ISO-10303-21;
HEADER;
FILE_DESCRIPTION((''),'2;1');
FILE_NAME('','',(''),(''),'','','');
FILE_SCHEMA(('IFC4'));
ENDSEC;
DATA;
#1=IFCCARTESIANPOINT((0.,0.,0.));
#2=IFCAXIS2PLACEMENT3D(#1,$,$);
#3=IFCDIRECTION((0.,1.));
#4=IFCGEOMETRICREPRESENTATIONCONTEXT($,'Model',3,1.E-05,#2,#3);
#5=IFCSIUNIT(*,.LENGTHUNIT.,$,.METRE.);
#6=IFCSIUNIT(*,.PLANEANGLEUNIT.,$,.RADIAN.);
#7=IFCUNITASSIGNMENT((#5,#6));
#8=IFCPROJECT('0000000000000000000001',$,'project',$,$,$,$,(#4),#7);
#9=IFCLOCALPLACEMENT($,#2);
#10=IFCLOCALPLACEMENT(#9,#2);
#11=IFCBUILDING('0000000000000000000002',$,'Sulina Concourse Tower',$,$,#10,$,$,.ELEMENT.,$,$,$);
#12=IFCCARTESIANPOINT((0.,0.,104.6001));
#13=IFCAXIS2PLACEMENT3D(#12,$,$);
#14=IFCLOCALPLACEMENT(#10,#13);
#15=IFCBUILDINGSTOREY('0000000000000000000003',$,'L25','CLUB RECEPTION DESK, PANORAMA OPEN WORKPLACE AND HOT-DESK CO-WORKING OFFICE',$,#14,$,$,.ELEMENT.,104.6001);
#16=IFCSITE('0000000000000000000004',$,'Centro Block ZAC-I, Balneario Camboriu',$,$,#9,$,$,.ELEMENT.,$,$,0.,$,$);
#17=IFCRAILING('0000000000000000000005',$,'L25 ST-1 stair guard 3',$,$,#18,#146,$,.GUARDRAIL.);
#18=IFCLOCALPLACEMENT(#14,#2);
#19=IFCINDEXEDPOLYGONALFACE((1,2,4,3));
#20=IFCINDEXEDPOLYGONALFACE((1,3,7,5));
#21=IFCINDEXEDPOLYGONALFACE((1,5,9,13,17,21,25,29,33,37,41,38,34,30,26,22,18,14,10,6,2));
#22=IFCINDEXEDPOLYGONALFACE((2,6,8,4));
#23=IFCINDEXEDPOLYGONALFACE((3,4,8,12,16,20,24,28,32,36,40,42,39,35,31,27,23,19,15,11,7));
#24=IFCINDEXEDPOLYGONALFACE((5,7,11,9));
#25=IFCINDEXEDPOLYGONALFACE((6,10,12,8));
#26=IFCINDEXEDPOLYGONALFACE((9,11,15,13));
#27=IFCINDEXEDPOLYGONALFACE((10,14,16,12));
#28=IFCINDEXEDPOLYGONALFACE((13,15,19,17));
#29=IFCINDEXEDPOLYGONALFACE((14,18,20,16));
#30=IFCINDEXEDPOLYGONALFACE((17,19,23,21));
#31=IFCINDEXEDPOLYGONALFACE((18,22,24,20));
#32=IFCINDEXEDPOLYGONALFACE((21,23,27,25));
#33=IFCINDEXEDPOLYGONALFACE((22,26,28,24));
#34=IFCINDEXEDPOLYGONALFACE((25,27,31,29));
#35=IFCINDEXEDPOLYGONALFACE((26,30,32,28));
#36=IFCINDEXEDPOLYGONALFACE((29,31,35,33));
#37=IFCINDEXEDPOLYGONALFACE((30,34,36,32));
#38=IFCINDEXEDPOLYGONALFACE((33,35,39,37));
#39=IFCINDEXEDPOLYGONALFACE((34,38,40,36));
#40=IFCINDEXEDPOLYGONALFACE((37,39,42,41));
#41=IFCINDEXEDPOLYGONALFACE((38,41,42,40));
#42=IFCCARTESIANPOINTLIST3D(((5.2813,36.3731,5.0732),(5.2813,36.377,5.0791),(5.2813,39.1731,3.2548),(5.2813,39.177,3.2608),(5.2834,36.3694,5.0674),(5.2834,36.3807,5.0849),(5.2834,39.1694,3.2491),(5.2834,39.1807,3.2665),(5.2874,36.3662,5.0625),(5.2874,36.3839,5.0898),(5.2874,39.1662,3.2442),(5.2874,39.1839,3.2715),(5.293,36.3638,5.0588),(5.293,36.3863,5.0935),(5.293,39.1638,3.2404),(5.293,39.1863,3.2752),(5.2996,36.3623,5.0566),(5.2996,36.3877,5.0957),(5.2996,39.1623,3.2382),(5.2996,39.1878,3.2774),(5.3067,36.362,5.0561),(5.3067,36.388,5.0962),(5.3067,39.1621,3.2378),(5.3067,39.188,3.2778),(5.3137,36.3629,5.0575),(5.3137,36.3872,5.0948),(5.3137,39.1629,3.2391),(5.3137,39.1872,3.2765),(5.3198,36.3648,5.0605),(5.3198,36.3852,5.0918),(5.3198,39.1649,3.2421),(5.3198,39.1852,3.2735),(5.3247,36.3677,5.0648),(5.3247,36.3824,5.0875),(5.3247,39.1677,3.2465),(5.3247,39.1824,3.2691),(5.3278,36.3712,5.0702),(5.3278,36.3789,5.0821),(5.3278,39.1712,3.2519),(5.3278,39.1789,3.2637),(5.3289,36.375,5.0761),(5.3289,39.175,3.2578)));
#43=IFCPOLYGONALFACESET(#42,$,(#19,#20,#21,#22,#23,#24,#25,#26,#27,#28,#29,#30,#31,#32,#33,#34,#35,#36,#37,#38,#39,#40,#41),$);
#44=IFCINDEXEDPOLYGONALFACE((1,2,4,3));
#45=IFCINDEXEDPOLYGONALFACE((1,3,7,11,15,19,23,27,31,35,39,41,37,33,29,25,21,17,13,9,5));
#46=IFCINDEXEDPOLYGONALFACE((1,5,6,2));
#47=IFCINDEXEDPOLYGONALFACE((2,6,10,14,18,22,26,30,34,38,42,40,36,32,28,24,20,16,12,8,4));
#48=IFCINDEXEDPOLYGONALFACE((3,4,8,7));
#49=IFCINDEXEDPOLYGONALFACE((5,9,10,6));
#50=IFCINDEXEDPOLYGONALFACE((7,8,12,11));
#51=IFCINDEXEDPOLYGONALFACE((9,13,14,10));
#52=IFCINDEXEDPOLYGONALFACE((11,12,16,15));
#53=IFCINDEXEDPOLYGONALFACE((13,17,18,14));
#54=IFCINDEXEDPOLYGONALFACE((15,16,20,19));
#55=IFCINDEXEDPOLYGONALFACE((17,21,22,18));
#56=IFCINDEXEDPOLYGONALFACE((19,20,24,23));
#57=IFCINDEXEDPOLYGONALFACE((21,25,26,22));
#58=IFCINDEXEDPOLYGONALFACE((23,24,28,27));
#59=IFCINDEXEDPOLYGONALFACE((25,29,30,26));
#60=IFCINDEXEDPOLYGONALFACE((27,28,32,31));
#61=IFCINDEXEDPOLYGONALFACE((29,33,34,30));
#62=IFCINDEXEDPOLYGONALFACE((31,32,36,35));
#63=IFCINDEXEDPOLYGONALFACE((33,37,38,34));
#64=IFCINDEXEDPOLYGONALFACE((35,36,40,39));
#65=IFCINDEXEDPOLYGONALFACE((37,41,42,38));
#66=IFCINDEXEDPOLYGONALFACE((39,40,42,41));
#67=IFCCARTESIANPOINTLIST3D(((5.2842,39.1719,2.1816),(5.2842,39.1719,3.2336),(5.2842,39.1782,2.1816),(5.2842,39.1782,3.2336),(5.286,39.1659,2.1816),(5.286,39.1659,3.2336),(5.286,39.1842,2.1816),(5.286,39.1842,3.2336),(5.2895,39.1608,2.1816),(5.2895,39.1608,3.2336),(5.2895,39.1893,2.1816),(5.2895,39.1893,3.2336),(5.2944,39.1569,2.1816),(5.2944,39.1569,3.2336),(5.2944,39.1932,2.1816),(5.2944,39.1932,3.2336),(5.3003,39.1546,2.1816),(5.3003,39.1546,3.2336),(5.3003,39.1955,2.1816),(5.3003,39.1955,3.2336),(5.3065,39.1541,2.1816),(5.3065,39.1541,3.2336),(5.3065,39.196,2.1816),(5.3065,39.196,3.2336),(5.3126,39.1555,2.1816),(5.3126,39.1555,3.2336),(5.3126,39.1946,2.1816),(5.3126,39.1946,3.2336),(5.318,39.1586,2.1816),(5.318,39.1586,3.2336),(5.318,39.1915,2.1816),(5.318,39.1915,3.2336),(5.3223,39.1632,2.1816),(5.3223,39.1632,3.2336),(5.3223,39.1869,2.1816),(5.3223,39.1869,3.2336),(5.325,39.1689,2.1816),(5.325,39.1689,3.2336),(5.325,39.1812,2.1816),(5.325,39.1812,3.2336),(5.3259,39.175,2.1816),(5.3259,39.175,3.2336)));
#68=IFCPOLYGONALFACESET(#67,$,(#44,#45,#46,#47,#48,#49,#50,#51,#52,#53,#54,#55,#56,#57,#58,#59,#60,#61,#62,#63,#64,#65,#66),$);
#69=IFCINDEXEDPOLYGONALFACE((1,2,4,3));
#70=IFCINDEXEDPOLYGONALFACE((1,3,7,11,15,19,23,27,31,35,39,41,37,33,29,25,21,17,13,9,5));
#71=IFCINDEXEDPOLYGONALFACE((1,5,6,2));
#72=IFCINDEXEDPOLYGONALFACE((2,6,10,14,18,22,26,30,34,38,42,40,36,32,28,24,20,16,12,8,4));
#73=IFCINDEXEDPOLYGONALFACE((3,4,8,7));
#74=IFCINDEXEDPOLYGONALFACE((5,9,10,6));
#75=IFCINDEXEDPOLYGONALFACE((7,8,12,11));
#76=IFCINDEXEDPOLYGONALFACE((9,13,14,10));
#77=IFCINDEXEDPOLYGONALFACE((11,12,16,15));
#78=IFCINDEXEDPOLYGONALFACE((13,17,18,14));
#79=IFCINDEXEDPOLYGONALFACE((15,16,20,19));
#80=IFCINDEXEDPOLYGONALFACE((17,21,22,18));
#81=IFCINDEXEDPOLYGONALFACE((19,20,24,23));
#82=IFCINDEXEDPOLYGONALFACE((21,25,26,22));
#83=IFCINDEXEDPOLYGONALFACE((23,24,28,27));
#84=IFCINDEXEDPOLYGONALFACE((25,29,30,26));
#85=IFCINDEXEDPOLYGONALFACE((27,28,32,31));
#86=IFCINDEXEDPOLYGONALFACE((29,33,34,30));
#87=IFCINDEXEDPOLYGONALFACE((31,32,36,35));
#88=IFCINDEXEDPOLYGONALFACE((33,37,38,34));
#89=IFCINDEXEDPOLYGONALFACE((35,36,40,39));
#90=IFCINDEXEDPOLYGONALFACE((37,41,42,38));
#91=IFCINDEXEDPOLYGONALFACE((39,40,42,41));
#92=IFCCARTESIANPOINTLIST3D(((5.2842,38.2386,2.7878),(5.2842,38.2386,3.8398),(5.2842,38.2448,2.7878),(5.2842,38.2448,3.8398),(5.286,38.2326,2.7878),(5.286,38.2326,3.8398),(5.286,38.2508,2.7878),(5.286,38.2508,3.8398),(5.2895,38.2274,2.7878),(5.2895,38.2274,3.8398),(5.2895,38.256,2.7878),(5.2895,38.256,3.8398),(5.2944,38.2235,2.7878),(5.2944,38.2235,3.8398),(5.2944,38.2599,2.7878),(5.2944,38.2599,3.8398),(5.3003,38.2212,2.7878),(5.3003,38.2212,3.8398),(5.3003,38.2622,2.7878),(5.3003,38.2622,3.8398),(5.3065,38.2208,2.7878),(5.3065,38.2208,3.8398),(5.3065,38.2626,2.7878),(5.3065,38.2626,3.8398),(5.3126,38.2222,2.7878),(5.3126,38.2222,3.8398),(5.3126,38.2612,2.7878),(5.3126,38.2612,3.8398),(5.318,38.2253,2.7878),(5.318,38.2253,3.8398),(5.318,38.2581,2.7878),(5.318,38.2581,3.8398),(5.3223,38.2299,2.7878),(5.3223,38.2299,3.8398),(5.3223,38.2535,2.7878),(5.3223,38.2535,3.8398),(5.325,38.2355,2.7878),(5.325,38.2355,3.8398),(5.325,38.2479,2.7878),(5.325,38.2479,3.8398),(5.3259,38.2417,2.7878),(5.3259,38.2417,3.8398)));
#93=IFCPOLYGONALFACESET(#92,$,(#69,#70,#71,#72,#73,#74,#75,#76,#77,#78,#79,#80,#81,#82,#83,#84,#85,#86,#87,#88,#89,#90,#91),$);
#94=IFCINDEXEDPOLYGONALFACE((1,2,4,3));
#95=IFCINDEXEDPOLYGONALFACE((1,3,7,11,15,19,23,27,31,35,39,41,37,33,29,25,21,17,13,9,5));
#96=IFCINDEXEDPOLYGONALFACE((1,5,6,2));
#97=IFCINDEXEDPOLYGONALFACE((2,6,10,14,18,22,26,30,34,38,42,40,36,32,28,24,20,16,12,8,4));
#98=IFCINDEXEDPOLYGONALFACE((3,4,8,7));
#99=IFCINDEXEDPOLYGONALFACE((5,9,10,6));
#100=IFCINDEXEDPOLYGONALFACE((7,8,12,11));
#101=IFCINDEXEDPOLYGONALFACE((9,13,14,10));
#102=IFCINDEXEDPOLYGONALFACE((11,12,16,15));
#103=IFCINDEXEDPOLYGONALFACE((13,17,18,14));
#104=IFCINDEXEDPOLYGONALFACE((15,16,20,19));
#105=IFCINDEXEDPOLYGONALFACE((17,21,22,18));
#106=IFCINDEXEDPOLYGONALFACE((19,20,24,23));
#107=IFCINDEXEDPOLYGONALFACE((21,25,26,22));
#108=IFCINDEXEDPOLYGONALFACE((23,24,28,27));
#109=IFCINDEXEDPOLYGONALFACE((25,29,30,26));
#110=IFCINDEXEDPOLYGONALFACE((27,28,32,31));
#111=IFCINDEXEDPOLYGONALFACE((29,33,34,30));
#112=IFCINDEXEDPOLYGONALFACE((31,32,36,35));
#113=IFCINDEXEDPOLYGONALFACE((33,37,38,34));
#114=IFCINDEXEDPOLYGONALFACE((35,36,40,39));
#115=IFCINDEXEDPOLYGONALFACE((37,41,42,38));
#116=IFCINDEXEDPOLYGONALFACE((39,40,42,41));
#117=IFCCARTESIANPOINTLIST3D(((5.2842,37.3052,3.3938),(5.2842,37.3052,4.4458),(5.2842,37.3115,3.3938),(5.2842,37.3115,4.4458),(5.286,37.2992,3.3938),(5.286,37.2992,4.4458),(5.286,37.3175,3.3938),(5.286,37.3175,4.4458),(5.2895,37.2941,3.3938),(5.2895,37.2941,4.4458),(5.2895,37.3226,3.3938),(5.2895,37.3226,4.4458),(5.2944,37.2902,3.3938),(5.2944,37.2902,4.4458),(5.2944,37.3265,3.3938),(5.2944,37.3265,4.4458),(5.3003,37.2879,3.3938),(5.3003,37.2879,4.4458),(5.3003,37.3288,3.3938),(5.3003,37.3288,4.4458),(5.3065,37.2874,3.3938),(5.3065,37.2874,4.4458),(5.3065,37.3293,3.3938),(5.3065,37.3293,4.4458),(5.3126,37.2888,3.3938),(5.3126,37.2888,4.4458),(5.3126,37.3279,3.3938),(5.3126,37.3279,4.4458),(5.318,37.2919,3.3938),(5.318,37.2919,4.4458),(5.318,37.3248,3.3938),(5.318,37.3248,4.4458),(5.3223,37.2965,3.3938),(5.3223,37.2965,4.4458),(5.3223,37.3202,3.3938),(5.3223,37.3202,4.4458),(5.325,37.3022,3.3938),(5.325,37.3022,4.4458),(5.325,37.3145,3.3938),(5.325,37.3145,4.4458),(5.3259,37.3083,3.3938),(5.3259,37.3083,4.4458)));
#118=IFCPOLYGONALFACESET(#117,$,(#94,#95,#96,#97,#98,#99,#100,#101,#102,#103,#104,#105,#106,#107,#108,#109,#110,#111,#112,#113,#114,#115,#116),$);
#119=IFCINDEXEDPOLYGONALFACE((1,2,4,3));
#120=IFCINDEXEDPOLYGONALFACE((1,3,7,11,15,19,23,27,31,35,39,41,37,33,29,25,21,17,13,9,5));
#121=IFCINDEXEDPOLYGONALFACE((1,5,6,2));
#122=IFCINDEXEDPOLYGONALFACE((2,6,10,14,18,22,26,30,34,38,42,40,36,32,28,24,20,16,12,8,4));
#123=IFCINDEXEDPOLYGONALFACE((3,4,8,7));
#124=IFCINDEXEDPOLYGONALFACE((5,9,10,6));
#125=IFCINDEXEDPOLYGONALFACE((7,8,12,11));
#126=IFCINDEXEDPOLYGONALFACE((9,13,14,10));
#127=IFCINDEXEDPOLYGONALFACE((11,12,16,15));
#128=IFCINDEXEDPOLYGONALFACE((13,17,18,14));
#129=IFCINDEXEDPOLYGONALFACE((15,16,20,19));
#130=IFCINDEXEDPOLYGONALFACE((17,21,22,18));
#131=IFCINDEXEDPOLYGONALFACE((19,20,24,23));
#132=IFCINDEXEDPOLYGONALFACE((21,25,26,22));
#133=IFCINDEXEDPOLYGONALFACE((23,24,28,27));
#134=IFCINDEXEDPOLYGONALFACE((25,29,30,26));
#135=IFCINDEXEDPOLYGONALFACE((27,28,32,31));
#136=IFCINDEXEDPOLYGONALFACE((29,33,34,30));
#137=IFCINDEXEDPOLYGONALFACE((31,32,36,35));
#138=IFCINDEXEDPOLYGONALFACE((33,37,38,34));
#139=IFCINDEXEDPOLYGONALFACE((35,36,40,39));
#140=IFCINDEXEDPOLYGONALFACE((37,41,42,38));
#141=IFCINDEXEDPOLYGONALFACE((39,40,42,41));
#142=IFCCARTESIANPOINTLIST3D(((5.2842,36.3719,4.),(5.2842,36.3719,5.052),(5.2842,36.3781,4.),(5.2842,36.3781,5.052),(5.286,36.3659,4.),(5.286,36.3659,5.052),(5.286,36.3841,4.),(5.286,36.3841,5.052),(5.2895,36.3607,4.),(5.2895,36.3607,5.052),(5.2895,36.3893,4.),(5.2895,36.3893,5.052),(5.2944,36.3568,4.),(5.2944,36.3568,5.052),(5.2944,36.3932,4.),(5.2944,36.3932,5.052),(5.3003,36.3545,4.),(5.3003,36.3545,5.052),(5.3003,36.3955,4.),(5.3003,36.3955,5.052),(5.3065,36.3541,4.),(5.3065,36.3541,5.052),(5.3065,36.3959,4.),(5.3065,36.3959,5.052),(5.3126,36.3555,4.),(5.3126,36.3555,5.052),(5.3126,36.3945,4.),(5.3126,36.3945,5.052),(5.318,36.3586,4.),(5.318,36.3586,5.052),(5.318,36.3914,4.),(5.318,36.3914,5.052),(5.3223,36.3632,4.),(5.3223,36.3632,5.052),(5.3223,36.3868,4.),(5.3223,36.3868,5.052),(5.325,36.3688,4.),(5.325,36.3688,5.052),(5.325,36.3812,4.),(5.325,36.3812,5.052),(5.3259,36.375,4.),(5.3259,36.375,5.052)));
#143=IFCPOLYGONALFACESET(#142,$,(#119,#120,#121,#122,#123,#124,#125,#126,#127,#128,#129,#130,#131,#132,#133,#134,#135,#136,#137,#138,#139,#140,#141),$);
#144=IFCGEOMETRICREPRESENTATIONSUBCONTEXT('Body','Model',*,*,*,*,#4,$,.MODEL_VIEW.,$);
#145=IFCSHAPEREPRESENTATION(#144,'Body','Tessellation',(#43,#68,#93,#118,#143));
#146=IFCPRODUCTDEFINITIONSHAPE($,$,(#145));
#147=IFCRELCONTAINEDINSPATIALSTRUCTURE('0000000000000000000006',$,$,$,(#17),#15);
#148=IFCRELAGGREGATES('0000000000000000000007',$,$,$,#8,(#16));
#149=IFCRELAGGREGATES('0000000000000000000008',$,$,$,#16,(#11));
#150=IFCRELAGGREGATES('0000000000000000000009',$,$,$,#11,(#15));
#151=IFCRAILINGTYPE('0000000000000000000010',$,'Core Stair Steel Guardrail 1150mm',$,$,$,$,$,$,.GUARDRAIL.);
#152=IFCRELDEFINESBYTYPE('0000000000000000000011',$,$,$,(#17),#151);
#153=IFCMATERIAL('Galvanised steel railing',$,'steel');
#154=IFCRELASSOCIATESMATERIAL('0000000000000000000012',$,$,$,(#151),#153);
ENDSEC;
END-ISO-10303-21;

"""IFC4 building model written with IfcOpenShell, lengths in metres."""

from ifc_helpers import new_model, si_unit, direction, frame, origin, origin_2d, place, context, subcontext, project, spatial, circle, extrude, material, type_object, element, save


model = new_model("IFC4")

# Units and contexts
model_context = context("Model", 3, precision=1e-05, world=origin(), true_north=direction((0.0, 1.0)))
body_context = subcontext(model_context, "Body", "Model", "MODEL_VIEW")
ifc_project = project(units=[si_unit("LENGTHUNIT", "METRE"), si_unit("PLANEANGLEUNIT", "RADIAN")], contexts=[model_context])

# Site, building, storey
site_placement = place(None, origin())
site = spatial("IfcSite", under=ifc_project, at=site_placement, Name="Centro Block ZAC-I, Balneario Camboriu", CompositionType="ELEMENT", RefElevation=0.0)
building_placement = place(site_placement, origin())
building = spatial("IfcBuilding", under=site, at=building_placement, Name="Sulina Concourse Tower", CompositionType="ELEMENT")
storey_placement = place(building_placement, frame((0.0, 0.0, 104.6001)))
storey = spatial("IfcBuildingStorey", under=building, at=storey_placement, Name="L25", Description="CLUB RECEPTION DESK, PANORAMA OPEN WORKPLACE AND HOT-DESK CO-WORKING OFFICE", CompositionType="ELEMENT", Elevation=104.6001)

# Railing
ifc_material_1 = material(Name="Galvanised steel railing", Category="steel")
railing_type_1 = type_object("IfcRailingType", Name="Core Stair Steel Guardrail 1150mm", PredefinedType="GUARDRAIL", material=ifc_material_1)
railing_1_placement = place(storey_placement, frame((5.3049, 39.175, 2.1816)))
element("IfcRailing", 1, at=railing_1_placement, inside=storey, type_object=railing_type_1, Name="L25 ST-1 stair guard 3", PredefinedType="GUARDRAIL", context=body_context, shape_type="SweptSolid", body=[
    extrude(circle(Radius=0.0239, at=origin_2d()), frame((0.0, 0.0, 1.0762), z_axis=(0.0, -0.838672, 0.544636), x_axis=(1.0, 0.0, 0.0)), (0.0, 0.0, 1.0), 3.3386),
    extrude(circle(Radius=0.021, at=origin_2d()), origin(), (0.0, 0.0, 1.0), 1.052),
    extrude(circle(Radius=0.021, at=origin_2d()), frame((0.0, -0.9333, 0.6062)), (0.0, 0.0, 1.0), 1.052),
    extrude(circle(Radius=0.021, at=origin_2d()), frame((0.0, -1.8667, 1.2122)), (0.0, 0.0, 1.0), 1.052),
    extrude(circle(Radius=0.021, at=origin_2d()), frame((0.0, -2.8, 1.8184)), (0.0, 0.0, 1.0), 1.052),
])

save(model, "model.ifc")
